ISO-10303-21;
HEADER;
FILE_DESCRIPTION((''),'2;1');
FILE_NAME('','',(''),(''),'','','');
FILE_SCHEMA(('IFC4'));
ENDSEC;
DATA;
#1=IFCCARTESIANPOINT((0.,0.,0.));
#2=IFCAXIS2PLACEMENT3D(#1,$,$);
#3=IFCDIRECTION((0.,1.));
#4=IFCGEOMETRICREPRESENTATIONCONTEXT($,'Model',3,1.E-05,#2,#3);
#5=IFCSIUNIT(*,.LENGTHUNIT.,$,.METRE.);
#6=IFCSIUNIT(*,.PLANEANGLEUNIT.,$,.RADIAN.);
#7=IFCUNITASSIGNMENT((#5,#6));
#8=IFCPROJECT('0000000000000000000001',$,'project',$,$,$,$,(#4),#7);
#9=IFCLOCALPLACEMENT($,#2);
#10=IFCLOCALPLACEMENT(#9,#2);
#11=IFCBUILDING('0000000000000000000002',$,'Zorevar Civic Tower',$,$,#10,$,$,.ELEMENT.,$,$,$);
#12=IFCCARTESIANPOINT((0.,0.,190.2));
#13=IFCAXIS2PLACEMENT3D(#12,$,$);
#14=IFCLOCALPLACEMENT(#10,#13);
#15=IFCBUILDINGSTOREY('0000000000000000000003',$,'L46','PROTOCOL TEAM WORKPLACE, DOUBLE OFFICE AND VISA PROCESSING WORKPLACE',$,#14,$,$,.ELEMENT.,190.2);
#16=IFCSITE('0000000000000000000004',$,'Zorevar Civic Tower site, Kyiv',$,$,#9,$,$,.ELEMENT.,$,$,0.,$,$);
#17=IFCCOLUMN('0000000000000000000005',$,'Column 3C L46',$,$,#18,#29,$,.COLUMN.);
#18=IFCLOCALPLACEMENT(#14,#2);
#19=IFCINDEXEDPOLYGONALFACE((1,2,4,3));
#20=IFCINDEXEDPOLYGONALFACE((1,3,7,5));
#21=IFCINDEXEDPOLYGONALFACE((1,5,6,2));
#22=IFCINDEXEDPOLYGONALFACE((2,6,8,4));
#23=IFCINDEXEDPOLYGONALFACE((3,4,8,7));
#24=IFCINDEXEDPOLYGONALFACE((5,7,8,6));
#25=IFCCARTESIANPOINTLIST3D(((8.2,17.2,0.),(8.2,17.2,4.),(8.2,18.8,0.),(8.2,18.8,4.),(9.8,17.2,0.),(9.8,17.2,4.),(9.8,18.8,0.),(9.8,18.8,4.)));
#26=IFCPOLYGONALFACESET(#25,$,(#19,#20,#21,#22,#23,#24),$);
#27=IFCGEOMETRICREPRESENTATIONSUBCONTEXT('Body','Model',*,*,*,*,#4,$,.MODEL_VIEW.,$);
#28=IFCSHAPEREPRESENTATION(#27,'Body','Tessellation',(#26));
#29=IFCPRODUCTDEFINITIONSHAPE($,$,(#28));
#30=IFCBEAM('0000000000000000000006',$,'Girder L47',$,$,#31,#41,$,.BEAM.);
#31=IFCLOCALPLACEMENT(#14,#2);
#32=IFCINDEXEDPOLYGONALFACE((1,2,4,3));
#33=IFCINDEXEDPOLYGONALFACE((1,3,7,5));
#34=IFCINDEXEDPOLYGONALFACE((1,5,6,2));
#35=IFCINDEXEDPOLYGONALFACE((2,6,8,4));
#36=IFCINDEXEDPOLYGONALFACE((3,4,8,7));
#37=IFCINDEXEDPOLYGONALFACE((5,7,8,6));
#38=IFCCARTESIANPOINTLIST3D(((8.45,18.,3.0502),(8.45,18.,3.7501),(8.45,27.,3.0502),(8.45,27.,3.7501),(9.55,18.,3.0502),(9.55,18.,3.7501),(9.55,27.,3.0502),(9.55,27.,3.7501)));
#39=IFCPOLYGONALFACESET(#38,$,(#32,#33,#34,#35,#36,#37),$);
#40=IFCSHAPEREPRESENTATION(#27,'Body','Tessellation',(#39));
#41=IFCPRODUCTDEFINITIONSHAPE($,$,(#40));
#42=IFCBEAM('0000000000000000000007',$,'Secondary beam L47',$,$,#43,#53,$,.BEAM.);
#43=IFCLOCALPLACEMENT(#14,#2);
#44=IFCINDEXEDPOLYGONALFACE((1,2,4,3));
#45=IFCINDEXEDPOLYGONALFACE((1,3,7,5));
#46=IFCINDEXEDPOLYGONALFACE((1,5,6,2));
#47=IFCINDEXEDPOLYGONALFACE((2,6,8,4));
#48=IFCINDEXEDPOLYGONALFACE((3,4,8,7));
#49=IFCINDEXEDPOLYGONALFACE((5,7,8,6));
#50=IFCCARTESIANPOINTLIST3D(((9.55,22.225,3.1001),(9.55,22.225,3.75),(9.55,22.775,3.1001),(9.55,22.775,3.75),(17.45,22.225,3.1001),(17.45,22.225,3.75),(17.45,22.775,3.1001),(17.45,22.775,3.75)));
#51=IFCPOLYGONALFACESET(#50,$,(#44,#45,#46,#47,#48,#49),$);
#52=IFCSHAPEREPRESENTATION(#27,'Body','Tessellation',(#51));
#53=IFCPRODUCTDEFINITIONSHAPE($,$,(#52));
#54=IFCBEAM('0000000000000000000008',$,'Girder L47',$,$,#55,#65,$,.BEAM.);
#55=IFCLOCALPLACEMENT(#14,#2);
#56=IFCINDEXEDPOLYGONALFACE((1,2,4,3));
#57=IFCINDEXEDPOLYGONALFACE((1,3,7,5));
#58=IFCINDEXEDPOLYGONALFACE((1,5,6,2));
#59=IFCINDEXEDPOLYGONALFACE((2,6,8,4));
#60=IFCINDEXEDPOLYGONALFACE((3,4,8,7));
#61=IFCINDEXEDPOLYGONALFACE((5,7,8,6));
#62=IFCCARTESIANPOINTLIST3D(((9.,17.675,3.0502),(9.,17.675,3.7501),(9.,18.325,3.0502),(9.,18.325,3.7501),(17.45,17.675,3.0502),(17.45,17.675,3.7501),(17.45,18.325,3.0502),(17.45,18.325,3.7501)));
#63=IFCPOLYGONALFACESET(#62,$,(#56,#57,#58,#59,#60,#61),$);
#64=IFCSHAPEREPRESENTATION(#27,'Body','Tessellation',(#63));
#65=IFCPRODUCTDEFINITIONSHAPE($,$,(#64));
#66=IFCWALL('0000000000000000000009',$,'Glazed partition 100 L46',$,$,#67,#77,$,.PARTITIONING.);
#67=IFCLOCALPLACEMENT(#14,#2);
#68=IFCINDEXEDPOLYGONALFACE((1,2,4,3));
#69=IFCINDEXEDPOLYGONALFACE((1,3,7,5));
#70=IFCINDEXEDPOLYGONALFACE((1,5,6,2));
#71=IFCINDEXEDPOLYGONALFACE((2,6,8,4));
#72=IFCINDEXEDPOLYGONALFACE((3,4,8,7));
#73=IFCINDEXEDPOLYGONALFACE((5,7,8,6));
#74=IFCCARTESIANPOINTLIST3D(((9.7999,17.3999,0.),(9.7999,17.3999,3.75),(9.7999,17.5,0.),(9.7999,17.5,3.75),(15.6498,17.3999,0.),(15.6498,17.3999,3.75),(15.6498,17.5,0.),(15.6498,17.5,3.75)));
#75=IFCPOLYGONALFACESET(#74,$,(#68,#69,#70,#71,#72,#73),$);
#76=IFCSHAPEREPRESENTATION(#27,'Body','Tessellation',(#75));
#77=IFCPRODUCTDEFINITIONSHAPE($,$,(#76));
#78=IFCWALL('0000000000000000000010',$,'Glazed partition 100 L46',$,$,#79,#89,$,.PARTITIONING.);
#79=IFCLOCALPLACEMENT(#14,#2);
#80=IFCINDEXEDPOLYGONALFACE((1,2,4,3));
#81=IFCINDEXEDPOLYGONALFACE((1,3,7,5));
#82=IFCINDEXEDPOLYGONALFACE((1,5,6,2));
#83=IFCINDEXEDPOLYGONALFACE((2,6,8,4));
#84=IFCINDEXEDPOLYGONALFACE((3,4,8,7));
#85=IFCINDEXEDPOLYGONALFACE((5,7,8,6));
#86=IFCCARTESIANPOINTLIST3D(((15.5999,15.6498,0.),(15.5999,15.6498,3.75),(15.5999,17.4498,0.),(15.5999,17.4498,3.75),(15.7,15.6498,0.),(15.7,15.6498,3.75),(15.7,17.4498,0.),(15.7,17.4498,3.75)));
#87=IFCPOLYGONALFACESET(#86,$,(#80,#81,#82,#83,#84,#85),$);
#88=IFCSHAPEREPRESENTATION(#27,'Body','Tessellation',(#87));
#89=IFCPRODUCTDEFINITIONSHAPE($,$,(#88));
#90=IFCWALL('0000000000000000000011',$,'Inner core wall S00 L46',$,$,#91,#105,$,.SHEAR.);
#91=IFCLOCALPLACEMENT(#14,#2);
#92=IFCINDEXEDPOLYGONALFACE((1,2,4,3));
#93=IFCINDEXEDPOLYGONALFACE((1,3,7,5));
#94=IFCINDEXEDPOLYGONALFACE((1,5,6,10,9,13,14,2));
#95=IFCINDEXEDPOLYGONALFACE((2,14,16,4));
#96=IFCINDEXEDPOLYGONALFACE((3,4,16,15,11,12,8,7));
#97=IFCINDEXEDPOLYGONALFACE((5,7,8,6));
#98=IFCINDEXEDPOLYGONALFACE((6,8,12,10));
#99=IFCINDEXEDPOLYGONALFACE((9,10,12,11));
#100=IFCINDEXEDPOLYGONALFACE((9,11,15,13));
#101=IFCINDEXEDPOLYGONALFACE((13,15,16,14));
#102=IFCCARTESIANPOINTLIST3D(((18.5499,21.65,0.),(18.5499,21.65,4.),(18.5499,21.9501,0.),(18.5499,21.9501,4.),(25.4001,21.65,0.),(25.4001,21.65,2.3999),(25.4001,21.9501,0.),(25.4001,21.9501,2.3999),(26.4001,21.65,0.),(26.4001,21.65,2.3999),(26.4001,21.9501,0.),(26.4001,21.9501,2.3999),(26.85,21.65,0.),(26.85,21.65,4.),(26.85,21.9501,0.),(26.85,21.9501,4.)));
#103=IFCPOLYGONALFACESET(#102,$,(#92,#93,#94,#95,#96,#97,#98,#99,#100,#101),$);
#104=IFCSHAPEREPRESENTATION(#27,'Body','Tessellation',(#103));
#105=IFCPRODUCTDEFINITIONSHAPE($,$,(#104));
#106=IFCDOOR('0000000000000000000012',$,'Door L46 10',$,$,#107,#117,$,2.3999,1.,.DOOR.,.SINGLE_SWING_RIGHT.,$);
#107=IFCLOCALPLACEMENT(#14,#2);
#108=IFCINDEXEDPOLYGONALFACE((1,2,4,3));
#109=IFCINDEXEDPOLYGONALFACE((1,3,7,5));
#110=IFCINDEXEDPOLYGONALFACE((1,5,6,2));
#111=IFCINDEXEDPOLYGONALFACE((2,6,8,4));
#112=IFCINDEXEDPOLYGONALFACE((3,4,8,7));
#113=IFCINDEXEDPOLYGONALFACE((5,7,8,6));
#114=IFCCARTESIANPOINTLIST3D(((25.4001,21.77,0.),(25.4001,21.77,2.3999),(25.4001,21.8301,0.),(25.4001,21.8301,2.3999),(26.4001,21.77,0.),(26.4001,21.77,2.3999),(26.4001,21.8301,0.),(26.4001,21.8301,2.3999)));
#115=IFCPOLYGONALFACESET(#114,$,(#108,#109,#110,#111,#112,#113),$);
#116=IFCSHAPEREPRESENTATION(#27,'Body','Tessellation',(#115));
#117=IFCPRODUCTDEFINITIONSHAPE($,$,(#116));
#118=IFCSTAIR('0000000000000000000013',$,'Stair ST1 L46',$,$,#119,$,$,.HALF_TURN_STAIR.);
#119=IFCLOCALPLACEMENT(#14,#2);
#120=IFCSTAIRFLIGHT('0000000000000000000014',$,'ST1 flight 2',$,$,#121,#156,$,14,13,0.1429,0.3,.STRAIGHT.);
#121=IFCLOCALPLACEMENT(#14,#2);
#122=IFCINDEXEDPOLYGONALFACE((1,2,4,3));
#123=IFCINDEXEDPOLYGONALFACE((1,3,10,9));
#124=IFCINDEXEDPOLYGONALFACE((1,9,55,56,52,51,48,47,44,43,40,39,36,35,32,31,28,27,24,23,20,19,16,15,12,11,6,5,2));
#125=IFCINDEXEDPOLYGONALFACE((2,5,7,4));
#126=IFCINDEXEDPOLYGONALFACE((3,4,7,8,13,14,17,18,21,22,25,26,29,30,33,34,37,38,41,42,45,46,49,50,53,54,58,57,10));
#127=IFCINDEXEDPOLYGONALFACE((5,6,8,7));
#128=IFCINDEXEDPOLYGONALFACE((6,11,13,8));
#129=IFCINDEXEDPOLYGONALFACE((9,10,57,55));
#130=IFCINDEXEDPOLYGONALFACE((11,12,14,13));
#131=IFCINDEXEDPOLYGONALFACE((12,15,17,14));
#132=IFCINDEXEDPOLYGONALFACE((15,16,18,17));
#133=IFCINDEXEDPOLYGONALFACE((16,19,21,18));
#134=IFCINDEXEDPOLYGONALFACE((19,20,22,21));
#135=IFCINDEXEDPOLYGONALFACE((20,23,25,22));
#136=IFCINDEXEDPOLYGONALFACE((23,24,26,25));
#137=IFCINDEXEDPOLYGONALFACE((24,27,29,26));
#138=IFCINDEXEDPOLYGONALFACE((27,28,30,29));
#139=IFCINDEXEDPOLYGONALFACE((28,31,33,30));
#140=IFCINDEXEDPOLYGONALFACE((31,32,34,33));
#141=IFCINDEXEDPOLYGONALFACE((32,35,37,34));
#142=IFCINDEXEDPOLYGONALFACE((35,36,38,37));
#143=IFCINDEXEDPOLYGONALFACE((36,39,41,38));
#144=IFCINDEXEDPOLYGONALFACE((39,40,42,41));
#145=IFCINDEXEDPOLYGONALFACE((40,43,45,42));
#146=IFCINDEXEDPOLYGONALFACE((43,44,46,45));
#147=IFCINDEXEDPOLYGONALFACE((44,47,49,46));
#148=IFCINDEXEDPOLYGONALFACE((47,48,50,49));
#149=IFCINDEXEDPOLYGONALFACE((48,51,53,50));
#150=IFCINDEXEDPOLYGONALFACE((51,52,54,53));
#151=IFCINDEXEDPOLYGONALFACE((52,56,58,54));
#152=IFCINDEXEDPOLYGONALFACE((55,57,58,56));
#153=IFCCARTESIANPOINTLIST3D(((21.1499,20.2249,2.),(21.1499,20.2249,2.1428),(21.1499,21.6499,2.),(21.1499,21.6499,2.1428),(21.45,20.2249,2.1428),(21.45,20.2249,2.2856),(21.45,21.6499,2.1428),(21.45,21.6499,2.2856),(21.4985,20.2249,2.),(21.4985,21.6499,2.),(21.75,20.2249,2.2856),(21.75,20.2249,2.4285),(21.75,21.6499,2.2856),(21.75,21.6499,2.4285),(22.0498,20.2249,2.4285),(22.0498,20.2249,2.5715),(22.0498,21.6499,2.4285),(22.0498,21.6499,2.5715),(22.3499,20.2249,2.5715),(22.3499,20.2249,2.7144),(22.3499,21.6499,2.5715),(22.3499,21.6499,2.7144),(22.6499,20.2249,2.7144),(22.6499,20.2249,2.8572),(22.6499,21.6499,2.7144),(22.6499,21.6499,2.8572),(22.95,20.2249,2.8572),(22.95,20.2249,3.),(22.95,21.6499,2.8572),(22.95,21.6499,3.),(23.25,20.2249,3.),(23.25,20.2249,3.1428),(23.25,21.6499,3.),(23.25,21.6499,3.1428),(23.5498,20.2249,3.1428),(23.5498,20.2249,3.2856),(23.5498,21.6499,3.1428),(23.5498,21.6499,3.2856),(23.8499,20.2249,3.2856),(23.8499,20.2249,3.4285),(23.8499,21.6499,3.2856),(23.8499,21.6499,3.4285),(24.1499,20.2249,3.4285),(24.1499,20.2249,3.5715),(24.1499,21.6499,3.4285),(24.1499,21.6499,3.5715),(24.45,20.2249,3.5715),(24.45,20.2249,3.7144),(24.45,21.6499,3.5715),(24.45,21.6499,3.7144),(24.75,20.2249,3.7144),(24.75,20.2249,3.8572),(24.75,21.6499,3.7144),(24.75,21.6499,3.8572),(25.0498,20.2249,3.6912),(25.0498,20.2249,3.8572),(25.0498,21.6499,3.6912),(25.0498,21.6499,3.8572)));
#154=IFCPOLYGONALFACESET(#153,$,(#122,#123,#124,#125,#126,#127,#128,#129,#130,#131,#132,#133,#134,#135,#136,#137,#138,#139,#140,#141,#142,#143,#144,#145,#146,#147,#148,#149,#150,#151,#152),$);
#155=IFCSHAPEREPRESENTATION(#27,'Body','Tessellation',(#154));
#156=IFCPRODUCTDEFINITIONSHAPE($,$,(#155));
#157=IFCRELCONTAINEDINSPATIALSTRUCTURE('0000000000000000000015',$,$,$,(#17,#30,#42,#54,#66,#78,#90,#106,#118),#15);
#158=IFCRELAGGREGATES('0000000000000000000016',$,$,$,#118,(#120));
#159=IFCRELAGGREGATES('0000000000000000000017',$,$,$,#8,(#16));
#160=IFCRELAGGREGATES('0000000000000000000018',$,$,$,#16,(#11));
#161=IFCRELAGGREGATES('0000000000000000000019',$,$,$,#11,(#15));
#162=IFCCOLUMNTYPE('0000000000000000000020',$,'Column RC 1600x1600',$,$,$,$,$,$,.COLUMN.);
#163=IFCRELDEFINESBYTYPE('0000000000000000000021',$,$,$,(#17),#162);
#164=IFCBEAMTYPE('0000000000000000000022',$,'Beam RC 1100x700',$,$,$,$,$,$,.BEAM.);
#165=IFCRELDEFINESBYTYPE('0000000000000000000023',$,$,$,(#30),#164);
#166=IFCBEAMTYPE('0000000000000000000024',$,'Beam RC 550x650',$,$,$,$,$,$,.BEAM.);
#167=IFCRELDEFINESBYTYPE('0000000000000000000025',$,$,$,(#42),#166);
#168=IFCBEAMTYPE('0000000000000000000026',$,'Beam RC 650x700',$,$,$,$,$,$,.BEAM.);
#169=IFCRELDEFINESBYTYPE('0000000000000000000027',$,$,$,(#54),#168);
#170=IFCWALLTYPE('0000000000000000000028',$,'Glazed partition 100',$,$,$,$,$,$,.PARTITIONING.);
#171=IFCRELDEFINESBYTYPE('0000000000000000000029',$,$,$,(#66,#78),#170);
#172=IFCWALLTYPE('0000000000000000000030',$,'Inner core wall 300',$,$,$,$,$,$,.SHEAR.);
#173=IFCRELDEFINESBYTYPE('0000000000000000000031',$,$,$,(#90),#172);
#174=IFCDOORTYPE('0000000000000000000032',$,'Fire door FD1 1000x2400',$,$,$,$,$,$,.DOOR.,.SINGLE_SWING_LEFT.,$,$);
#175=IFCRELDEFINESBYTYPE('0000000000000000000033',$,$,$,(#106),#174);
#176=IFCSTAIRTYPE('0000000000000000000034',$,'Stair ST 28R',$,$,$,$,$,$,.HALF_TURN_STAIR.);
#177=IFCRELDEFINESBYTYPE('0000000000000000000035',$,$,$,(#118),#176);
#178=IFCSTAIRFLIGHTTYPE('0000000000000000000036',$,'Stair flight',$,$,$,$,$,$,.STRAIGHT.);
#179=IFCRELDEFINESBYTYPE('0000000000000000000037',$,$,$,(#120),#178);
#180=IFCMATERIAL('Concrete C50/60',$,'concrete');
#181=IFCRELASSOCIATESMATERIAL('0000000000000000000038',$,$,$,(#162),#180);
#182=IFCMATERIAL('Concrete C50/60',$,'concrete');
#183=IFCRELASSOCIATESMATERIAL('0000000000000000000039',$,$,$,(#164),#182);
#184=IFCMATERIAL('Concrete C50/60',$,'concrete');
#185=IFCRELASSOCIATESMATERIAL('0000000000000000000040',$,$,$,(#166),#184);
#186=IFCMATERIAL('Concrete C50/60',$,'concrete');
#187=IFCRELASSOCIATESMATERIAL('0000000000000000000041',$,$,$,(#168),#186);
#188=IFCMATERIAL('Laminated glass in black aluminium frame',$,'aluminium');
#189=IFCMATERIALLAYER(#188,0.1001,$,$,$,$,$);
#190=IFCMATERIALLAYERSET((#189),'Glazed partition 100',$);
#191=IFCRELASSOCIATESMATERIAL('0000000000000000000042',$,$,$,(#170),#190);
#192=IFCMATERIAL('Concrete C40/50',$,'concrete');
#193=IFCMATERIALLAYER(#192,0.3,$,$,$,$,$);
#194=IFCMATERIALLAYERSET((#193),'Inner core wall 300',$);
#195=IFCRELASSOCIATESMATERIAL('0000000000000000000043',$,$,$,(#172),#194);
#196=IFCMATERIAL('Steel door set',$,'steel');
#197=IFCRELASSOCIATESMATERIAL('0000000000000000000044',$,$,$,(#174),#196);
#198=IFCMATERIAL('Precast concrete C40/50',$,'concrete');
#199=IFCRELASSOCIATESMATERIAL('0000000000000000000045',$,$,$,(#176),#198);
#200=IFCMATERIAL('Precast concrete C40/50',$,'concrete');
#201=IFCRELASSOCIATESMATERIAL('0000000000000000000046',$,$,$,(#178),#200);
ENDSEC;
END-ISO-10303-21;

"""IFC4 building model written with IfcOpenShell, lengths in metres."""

from ifc_helpers import new_model, si_unit, direction, frame, frame_2d, origin, origin_2d, place, context, subcontext, project, spatial, polyline, rectangle, outline, extrude, material, layer, layer_set, material_profile, profile_set, type_object, element, fill, aggregate, save


model = new_model("IFC4")

# Units and contexts
model_context = context("Model", 3, precision=1e-05, world=origin(), true_north=direction((0.0, 1.0)))
body_context = subcontext(model_context, "Body", "Model", "MODEL_VIEW")
ifc_project = project(units=[si_unit("LENGTHUNIT", "METRE"), si_unit("PLANEANGLEUNIT", "RADIAN")], contexts=[model_context])

# Site, building, storey
site_placement = place(None, origin())
site = spatial("IfcSite", under=ifc_project, at=site_placement, Name="Zorevar Civic Tower site, Kyiv", CompositionType="ELEMENT", RefElevation=0.0)
building_placement = place(site_placement, origin())
building = spatial("IfcBuilding", under=site, at=building_placement, Name="Zorevar Civic Tower", CompositionType="ELEMENT")
storey_placement = place(building_placement, frame((0.0, 0.0, 190.2)))
storey = spatial("IfcBuildingStorey", under=building, at=storey_placement, Name="L46", Description="PROTOCOL TEAM WORKPLACE, DOUBLE OFFICE AND VISA PROCESSING WORKPLACE", CompositionType="ELEMENT", Elevation=190.2)

# Column
ifc_material_1 = material(Name="Concrete C50/60", Category="concrete")
ifc_material_profile_1 = material_profile(ifc_material_1, rectangle(XDim=1.6001, YDim=1.6001, at=origin_2d()), Name="RC 1600x1600")
ifc_profile_set_1 = profile_set([ifc_material_profile_1], Name="Concrete C50/60")
column_type = type_object("IfcColumnType", Name="Column RC 1600x1600", PredefinedType="COLUMN", material=ifc_profile_set_1)
column_placement = place(storey_placement, frame((9.0, 18.0, 0.0), z_axis=(0.0, 0.0, 1.0), x_axis=(1.0, 0.0, 0.0)))
element("IfcColumn", 1, at=column_placement, inside=storey, type_object=column_type, Name="Column 3C L46", PredefinedType="COLUMN", context=body_context, shape_type="SweptSolid", body=[
    extrude(rectangle(XDim=1.6001, YDim=1.6001, at=origin_2d()), origin(), (0.0, 0.0, 1.0), 4.0),
])

# Beams
ifc_material_2 = material(Name="Concrete C50/60", Category="concrete")
ifc_material_profile_2 = material_profile(ifc_material_2, rectangle(XDim=1.1001, YDim=0.7, at=origin_2d()), Name="RC 1100x700")
ifc_profile_set_2 = profile_set([ifc_material_profile_2], Name="Concrete C50/60")
beam_type_1 = type_object("IfcBeamType", Name="Beam RC 1100x700", PredefinedType="BEAM", material=ifc_profile_set_2)
beam_1_placement = place(storey_placement, frame((9.0, 18.0, 3.4001), z_axis=(0.0, 1.0, 0.0), x_axis=(-1.0, 0.0, 0.0)))
element("IfcBeam", 2, at=beam_1_placement, inside=storey, type_object=beam_type_1, Name="Girder L47", PredefinedType="BEAM", context=body_context, shape_type="SweptSolid", body=[
    extrude(rectangle(XDim=1.1001, YDim=0.7, at=origin_2d()), origin(), (0.0, 0.0, 1.0), 9.0),
])
ifc_material_3 = material(Name="Concrete C50/60", Category="concrete")
ifc_material_profile_3 = material_profile(ifc_material_3, rectangle(XDim=0.55, YDim=0.6499, at=origin_2d()), Name="RC 550x650")
ifc_profile_set_3 = profile_set([ifc_material_profile_3], Name="Concrete C50/60")
beam_type_2 = type_object("IfcBeamType", Name="Beam RC 550x650", PredefinedType="BEAM", material=ifc_profile_set_3)
beam_2_placement = place(storey_placement, frame((9.55, 22.5, 3.425), z_axis=(1.0, 0.0, 0.0), x_axis=(0.0, 1.0, 0.0)))
element("IfcBeam", 3, at=beam_2_placement, inside=storey, type_object=beam_type_2, Name="Secondary beam L47", PredefinedType="BEAM", context=body_context, shape_type="SweptSolid", body=[
    extrude(rectangle(XDim=0.55, YDim=0.6499, at=origin_2d()), origin(), (0.0, 0.0, 1.0), 7.8999),
])
ifc_material_4 = material(Name="Concrete C50/60", Category="concrete")
ifc_material_profile_4 = material_profile(ifc_material_4, rectangle(XDim=0.6499, YDim=0.7, at=origin_2d()), Name="RC 650x700")
ifc_profile_set_4 = profile_set([ifc_material_profile_4], Name="Concrete C50/60")
beam_type_3 = type_object("IfcBeamType", Name="Beam RC 650x700", PredefinedType="BEAM", material=ifc_profile_set_4)
beam_3_placement = place(storey_placement, frame((9.0, 18.0, 3.4001), z_axis=(1.0, 0.0, 0.0), x_axis=(0.0, 1.0, 0.0)))
element("IfcBeam", 4, at=beam_3_placement, inside=storey, type_object=beam_type_3, Name="Girder L47", PredefinedType="BEAM", context=body_context, shape_type="SweptSolid", body=[
    extrude(rectangle(XDim=0.6499, YDim=0.7, at=origin_2d()), origin(), (0.0, 0.0, 1.0), 8.45),
])

# Walls
ifc_material_5 = material(Name="Laminated glass in black aluminium frame", Category="aluminium")
ifc_layer_1 = layer(ifc_material_5, 0.1001)
ifc_layer_set_1 = layer_set([ifc_layer_1], Name="Glazed partition 100")
wall_type_1 = type_object("IfcWallType", Name="Glazed partition 100", PredefinedType="PARTITIONING", material=ifc_layer_set_1)
wall_1_placement = place(storey_placement, frame((9.8, 17.45, 0.0), z_axis=(0.0, 0.0, 1.0), x_axis=(1.0, 0.0, 0.0)))
element("IfcWall", 5, at=wall_1_placement, inside=storey, type_object=wall_type_1, Name="Glazed partition 100 L46", PredefinedType="PARTITIONING", context=body_context, shape_type="SweptSolid", body=[
    extrude(rectangle(XDim=5.8499, YDim=0.1001, at=frame_2d((2.9248, 0.0))), origin(), (0.0, 0.0, 1.0), 3.75),
])
wall_2_placement = place(storey_placement, frame((15.6499, 15.6499, 0.0), z_axis=(0.0, 0.0, 1.0), x_axis=(0.0, 1.0, 0.0)))
element("IfcWall", 6, at=wall_2_placement, inside=storey, type_object=wall_type_1, Name="Glazed partition 100 L46", PredefinedType="PARTITIONING", context=body_context, shape_type="SweptSolid", body=[
    extrude(rectangle(XDim=1.8, YDim=0.1001, at=frame_2d((0.8999, 0.0))), origin(), (0.0, 0.0, 1.0), 3.75),
])

# Wall, opening, door
ifc_material_6 = material(Name="Concrete C40/50", Category="concrete")
ifc_layer_2 = layer(ifc_material_6, 0.3)
ifc_layer_set_2 = layer_set([ifc_layer_2], Name="Inner core wall 300")
wall_type_2 = type_object("IfcWallType", Name="Inner core wall 300", PredefinedType="SHEAR", material=ifc_layer_set_2)
wall_3_placement = place(storey_placement, frame((18.55, 21.8, 0.0), z_axis=(0.0, 0.0, 1.0), x_axis=(1.0, 0.0, 0.0)))
wall_3 = element("IfcWall", 7, at=wall_3_placement, inside=storey, type_object=wall_type_2, Name="Inner core wall S00 L46", PredefinedType="SHEAR", context=body_context, shape_type="SweptSolid", body=[
    extrude(rectangle(XDim=8.3, YDim=0.3, at=frame_2d((4.1499, 0.0))), origin(), (0.0, 0.0, 1.0), 4.0),
])
opening_1_placement = place(wall_3_placement, frame((6.8501, 0.0, 0.0)))
opening_1 = element("IfcOpeningElement", 8, at=opening_1_placement, cuts=wall_3, PredefinedType="OPENING", context=body_context, shape_type="SweptSolid", body=[
    extrude(rectangle(XDim=1.0, YDim=2.3999, at=frame_2d((0.5, 1.2))), frame((0.0, 0.1599, 0.0), z_axis=(0.0, -1.0, 0.0), x_axis=(1.0, 0.0, 0.0)), (0.0, 0.0, 1.0), 0.3201),
])
ifc_material_7 = material(Name="Steel door set", Category="steel")
door_type_1 = type_object("IfcDoorType", Name="Fire door FD1 1000x2400", OperationType="SINGLE_SWING_LEFT", PredefinedType="DOOR", material=ifc_material_7)
door_1_placement = place(opening_1_placement, origin())
door_1 = element("IfcDoor", 9, at=door_1_placement, inside=storey, type_object=door_type_1, Name="Door L46 10", OperationType="SINGLE_SWING_RIGHT", OverallHeight=2.3999, OverallWidth=1.0, PredefinedType="DOOR", context=body_context, shape_type="SweptSolid", body=[
    extrude(rectangle(XDim=1.0, YDim=2.3999, at=frame_2d((0.5, 1.2))), frame((0.0, 0.03, 0.0), z_axis=(0.0, -1.0, 0.0), x_axis=(1.0, 0.0, 0.0)), (0.0, 0.0, 1.0), 0.0601),
])
fill(opening_1, door_1)

# Stair, stair flight
ifc_material_8 = material(Name="Precast concrete C40/50", Category="concrete")
stair_type = type_object("IfcStairType", Name="Stair ST 28R", PredefinedType="HALF_TURN_STAIR", material=ifc_material_8)
stair_placement = place(storey_placement, origin())
stair = element("IfcStair", 10, at=stair_placement, inside=storey, type_object=stair_type, Name="Stair ST1 L46", PredefinedType="HALF_TURN_STAIR")
ifc_material_9 = material(Name="Precast concrete C40/50", Category="concrete")
stair_flight_type = type_object("IfcStairFlightType", Name="Stair flight", PredefinedType="STRAIGHT", material=ifc_material_9)
stair_flight_placement = place(storey_placement, frame((21.1499, 20.9375, 2.0), z_axis=(0.0, 0.0, 1.0), x_axis=(1.0, 0.0, 0.0)))
stair_flight = element("IfcStairFlight", 11, at=stair_flight_placement, type_object=stair_flight_type, Name="ST1 flight 2", NumberOfRisers=14, NumberOfTreads=13, PredefinedType="STRAIGHT", RiserHeight=0.1429, TreadLength=0.3, context=body_context, shape_type="SweptSolid", body=[
    extrude(outline(polyline([(0.0, 0.0), (0.0, 0.1428), (0.3, 0.1428), (0.3, 0.2856), (0.6001, 0.2856), (0.6001, 0.4285), (0.8999, 0.4285), (0.8999, 0.5715), (1.2, 0.5715), (1.2, 0.7144), (1.5, 0.7144), (1.5, 0.8572), (1.8, 0.8572), (1.8, 1.0), (2.1001, 1.0), (2.1001, 1.1428), (2.3999, 1.1428), (2.3999, 1.2856), (2.7, 1.2856), (2.7, 1.4285), (3.0, 1.4285), (3.0, 1.5715), (3.3, 1.5715), (3.3, 1.7144), (3.6001, 1.7144), (3.6001, 1.8572), (3.8999, 1.8572), (3.8999, 2.0), (3.8999, 1.6912), (0.3486, 0.0), (0.0, 0.0)])), frame((0.0, 0.7124, 0.0), z_axis=(0.0, -1.0, 0.0), x_axis=(1.0, 0.0, 0.0)), (0.0, 0.0, 1.0), 1.425),
])
aggregate(stair, [stair_flight])

save(model, "model.ifc")
